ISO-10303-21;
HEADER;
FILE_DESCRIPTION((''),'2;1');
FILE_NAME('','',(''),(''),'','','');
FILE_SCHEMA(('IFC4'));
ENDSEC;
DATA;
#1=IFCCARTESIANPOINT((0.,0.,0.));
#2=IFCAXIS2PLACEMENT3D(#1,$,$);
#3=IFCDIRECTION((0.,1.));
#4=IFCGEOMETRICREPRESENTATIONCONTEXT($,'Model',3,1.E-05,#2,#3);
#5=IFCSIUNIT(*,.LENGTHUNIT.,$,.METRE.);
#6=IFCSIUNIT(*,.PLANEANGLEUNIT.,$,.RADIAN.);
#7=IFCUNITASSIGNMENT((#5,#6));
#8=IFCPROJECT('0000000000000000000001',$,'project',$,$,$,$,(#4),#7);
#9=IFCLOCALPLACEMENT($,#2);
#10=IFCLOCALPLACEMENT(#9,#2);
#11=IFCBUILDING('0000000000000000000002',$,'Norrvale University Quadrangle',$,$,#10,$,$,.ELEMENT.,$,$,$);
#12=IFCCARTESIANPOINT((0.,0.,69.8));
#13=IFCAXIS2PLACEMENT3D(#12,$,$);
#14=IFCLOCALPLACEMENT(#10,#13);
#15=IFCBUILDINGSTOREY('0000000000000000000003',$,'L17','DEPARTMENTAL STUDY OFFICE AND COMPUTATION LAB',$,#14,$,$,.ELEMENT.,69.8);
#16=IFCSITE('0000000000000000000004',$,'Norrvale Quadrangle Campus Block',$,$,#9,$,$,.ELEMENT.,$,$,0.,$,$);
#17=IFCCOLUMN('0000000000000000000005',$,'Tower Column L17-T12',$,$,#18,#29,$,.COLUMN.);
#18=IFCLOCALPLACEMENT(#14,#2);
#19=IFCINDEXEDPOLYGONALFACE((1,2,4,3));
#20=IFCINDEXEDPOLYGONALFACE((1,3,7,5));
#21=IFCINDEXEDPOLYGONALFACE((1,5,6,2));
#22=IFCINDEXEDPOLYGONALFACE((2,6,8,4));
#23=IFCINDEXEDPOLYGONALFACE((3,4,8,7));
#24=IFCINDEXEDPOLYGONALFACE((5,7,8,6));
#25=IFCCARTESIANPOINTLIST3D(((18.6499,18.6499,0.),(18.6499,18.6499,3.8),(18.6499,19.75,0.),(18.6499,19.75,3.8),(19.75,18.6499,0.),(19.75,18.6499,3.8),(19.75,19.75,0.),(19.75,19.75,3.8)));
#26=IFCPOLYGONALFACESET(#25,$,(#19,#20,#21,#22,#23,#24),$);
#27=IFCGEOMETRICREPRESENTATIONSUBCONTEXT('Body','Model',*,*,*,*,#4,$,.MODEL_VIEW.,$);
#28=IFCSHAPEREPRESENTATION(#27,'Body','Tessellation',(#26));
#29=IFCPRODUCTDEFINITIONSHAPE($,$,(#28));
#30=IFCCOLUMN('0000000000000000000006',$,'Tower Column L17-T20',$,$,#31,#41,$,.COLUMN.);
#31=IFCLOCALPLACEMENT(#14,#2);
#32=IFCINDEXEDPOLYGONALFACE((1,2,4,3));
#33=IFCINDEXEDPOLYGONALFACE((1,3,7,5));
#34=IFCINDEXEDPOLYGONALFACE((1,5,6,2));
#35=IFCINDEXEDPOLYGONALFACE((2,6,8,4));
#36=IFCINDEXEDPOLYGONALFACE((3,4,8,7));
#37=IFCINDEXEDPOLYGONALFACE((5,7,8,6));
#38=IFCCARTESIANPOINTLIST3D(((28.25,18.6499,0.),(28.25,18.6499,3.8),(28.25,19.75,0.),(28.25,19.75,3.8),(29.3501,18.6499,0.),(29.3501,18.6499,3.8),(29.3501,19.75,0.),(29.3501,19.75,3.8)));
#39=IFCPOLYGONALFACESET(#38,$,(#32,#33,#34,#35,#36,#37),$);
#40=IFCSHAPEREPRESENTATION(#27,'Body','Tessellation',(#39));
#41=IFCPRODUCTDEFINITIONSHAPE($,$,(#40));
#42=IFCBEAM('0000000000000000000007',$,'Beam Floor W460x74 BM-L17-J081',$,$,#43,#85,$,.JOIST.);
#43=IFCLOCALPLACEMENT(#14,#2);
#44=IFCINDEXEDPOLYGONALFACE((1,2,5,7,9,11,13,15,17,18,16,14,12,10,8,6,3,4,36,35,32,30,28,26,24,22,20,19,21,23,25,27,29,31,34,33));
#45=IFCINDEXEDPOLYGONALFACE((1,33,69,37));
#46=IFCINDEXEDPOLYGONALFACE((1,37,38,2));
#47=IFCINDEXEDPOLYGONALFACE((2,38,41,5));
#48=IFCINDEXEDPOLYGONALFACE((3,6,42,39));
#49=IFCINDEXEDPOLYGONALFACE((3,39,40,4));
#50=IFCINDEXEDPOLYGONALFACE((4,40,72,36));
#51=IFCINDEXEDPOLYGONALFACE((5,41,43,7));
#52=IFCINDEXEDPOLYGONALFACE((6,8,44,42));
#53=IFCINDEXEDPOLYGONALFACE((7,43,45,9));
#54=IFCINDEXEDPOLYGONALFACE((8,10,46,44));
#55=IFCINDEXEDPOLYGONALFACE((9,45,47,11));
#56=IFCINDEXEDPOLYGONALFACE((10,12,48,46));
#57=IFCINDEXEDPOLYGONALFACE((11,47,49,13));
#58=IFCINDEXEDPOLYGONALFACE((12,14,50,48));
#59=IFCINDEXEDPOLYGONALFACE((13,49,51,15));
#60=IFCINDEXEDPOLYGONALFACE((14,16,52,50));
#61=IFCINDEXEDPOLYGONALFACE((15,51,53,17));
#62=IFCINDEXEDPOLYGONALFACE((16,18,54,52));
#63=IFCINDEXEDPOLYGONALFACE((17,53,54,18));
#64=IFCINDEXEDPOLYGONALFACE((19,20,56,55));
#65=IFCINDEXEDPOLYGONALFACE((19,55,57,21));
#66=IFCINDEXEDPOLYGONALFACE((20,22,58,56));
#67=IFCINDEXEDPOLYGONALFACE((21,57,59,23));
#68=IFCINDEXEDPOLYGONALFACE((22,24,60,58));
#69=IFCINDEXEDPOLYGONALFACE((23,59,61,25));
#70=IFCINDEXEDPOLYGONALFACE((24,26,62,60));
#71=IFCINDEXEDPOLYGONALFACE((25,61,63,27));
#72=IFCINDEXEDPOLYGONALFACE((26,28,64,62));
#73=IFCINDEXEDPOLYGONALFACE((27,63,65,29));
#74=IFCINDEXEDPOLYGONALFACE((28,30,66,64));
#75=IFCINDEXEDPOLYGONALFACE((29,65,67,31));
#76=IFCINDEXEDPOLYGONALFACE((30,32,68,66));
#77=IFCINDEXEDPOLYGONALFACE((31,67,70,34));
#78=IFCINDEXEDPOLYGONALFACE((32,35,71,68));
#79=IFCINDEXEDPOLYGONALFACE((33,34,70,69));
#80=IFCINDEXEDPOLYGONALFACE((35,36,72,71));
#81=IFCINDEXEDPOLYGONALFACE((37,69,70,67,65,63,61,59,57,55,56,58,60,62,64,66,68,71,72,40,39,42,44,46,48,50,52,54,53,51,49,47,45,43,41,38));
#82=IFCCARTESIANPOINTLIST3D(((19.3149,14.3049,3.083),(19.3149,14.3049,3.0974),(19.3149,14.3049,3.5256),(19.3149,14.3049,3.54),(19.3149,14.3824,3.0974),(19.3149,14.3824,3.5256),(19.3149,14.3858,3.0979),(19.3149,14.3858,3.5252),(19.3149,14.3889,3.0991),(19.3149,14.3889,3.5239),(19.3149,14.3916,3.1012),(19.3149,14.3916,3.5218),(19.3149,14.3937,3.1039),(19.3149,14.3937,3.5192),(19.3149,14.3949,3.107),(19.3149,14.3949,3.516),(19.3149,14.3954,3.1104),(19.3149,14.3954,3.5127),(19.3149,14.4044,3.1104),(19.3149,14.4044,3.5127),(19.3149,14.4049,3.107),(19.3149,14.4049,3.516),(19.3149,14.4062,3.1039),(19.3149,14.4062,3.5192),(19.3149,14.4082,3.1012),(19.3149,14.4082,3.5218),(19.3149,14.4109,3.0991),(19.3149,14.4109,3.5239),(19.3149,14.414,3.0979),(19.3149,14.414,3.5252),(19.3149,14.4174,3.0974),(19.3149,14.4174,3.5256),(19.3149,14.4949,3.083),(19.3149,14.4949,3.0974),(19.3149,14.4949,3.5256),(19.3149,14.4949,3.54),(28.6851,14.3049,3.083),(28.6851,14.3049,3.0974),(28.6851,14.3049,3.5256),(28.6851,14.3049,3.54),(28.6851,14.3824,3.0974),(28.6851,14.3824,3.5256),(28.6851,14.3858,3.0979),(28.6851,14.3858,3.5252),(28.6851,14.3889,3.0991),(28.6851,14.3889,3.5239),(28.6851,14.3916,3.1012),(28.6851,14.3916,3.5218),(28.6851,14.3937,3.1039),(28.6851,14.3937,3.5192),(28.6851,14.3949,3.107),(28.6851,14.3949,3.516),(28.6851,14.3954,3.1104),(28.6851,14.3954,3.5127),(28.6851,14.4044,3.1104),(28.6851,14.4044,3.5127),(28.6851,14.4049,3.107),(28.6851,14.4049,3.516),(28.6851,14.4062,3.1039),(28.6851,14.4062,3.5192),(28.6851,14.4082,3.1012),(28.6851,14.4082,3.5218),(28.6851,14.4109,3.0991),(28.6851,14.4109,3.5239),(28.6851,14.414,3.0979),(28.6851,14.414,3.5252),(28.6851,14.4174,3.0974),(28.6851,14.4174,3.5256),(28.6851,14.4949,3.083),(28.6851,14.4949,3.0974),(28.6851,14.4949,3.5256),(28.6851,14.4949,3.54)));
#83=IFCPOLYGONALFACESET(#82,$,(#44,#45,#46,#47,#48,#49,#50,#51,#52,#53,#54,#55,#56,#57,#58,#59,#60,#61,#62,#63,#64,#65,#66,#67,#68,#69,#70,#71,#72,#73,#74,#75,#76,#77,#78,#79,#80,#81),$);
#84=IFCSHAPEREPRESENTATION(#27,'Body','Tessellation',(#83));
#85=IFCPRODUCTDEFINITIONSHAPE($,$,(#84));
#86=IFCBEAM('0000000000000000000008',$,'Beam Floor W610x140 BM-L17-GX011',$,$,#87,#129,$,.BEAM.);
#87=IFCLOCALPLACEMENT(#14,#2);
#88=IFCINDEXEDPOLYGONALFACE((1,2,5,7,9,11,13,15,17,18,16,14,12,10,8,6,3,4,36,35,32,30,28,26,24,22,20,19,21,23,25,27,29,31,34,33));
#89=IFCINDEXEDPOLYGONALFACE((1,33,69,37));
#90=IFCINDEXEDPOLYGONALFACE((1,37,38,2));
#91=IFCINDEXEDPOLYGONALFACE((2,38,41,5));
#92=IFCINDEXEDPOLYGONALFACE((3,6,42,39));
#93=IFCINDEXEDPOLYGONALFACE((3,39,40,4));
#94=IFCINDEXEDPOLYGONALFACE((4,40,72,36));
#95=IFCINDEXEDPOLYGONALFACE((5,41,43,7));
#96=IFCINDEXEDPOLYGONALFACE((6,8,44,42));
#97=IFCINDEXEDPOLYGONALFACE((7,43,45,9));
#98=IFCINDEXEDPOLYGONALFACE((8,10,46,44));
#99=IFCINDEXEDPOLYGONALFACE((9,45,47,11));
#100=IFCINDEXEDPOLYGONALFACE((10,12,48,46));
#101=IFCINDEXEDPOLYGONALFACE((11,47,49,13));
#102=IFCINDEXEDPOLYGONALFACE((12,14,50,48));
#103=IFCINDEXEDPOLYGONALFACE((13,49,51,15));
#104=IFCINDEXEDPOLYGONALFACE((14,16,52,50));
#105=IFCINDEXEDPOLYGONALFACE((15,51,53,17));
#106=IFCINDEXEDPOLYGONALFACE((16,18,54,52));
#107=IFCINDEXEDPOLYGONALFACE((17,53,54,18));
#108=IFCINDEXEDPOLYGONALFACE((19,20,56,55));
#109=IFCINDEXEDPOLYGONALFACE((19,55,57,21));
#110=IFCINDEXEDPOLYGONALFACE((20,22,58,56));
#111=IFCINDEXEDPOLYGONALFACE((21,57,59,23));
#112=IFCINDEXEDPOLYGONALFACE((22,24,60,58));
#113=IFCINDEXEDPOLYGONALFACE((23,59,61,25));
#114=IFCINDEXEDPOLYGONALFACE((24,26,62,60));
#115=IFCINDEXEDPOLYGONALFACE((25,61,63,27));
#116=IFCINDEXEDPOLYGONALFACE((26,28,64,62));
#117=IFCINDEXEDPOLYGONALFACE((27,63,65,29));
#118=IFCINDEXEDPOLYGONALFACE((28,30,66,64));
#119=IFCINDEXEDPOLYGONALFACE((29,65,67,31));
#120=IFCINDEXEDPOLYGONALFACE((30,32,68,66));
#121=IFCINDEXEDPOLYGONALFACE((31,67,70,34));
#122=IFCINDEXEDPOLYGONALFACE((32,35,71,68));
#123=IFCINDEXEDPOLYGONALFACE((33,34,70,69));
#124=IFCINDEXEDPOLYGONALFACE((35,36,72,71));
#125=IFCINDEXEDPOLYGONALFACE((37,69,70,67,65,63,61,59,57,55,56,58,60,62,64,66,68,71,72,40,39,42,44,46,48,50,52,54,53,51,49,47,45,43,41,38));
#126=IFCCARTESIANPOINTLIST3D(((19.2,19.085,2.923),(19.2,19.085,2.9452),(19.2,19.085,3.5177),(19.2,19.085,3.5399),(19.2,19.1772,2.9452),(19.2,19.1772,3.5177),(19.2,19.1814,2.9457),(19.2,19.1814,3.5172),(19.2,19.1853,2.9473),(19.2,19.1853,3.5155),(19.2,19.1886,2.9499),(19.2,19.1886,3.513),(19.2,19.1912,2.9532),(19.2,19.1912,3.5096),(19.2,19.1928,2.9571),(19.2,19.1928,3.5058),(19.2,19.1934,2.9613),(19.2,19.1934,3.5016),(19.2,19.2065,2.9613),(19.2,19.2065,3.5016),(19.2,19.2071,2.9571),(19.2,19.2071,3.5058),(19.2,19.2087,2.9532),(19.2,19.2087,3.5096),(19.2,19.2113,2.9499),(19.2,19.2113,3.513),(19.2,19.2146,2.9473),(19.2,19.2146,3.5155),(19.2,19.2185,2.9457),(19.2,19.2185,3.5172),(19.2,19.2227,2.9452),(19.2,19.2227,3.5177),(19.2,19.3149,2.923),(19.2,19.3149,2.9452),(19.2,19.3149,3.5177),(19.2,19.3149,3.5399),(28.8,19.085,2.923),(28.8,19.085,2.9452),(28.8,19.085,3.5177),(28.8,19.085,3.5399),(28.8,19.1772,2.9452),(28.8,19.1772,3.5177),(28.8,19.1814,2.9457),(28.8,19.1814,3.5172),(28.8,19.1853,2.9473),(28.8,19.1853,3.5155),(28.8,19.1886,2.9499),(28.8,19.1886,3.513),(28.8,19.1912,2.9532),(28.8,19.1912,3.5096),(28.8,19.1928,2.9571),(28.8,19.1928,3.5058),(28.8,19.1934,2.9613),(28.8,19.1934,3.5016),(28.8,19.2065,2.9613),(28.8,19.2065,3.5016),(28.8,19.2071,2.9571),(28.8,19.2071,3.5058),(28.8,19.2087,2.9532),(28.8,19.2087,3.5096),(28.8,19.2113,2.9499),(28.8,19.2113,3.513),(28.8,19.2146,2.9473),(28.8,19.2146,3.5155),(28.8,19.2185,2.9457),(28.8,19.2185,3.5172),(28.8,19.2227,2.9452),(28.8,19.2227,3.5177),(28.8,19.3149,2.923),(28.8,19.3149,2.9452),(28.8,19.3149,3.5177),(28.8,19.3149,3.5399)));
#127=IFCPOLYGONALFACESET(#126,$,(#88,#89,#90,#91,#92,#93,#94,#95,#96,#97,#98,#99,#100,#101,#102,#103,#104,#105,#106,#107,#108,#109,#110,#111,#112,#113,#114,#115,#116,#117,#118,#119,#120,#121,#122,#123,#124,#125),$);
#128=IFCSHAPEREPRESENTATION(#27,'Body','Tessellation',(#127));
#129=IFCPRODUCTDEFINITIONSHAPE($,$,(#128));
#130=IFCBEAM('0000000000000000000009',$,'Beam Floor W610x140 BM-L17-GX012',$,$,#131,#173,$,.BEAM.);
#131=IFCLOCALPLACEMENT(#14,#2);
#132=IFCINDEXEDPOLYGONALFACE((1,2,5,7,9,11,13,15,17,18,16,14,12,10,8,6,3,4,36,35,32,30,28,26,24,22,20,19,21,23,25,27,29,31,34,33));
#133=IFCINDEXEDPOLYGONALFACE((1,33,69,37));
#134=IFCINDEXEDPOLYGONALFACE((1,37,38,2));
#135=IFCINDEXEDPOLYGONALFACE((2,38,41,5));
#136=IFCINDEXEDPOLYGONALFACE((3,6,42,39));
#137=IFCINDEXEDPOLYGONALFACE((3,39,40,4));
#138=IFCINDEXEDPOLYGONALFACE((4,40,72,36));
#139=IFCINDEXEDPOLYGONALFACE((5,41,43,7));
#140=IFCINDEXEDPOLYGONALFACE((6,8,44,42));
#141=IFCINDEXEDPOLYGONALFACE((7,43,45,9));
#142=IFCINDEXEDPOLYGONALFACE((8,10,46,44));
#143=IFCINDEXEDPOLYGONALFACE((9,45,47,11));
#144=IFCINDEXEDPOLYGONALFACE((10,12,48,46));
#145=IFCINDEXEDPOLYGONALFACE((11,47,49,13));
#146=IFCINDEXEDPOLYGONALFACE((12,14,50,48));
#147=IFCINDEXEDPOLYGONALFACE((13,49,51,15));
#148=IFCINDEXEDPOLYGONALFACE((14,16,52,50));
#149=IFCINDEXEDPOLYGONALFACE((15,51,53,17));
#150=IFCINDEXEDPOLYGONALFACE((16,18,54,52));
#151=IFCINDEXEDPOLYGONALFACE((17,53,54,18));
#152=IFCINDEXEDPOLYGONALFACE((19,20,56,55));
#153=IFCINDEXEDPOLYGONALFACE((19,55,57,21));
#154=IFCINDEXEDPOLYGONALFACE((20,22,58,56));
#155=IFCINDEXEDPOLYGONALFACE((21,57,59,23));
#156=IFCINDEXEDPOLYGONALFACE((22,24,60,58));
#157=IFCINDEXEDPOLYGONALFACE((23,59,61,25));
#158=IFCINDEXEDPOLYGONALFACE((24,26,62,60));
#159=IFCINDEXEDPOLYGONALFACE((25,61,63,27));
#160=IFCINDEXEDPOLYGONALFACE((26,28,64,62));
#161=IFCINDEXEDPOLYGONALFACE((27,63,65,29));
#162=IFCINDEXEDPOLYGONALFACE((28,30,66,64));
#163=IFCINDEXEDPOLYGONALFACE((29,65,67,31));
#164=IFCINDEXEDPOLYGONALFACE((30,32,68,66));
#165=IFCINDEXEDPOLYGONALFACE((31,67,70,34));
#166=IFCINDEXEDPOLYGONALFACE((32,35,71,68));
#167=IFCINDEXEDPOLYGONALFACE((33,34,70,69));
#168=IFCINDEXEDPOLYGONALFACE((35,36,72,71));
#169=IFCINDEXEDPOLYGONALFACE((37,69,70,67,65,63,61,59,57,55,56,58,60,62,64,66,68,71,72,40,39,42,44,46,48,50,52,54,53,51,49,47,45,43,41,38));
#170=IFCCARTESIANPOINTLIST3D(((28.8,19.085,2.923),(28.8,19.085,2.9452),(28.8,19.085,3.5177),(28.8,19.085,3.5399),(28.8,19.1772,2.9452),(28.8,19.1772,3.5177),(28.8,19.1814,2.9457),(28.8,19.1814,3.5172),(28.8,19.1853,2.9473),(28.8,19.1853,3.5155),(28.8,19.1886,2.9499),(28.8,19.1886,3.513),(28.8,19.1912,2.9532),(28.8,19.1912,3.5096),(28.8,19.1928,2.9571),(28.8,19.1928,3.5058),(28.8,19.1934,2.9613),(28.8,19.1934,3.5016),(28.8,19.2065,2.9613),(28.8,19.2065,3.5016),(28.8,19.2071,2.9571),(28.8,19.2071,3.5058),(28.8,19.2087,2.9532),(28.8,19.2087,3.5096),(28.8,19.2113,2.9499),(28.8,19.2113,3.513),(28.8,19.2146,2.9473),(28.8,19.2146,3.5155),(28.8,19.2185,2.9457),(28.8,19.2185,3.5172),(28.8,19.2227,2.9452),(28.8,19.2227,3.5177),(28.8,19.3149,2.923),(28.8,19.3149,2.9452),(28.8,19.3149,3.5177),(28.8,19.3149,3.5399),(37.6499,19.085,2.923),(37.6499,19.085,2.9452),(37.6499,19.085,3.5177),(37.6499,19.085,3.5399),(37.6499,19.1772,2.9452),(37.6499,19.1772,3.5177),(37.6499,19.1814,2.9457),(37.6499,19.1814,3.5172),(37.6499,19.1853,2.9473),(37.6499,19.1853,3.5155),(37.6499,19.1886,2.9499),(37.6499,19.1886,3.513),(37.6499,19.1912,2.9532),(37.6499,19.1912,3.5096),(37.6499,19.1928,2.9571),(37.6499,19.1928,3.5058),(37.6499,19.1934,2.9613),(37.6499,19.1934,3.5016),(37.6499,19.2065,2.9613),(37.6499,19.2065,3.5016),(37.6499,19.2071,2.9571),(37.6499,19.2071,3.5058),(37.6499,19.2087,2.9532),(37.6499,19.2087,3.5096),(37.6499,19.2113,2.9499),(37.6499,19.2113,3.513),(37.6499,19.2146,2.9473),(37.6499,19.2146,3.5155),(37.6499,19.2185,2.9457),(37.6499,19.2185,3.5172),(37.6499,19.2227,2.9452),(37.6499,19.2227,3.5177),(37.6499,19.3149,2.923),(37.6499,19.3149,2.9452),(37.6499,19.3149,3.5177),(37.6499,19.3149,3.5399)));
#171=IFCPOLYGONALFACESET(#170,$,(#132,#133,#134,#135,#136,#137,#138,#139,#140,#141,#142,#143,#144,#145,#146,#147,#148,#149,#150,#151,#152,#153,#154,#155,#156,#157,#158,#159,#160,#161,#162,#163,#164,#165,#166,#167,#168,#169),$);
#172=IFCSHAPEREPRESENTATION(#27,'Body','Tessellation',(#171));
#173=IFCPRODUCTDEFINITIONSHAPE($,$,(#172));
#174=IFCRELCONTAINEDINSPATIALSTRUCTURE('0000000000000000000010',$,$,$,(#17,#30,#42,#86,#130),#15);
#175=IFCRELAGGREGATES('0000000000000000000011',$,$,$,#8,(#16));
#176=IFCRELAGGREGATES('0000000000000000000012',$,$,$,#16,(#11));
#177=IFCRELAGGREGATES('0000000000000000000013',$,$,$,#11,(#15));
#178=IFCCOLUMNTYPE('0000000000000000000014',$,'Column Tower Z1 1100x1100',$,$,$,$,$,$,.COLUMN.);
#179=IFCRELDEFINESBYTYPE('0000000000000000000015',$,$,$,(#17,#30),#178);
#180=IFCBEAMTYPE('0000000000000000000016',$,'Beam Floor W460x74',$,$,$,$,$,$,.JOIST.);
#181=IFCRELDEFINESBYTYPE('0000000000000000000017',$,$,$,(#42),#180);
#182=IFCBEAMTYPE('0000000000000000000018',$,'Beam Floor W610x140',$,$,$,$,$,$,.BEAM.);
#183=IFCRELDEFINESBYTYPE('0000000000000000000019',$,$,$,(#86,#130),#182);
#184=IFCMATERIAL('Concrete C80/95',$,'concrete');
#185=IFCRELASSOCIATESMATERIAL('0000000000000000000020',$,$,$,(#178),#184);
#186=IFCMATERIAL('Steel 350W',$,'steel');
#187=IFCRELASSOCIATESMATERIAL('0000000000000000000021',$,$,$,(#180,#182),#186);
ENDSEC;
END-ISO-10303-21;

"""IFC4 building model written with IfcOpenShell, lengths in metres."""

from ifc_helpers import new_model, si_unit, direction, frame, origin, origin_2d, place, context, subcontext, project, spatial, rectangle, i_section, extrude, material, material_profile, profile_set, type_object, element, save


model = new_model("IFC4")

# Units and contexts
model_context = context("Model", 3, precision=1e-05, world=origin(), true_north=direction((0.0, 1.0)))
body_context = subcontext(model_context, "Body", "Model", "MODEL_VIEW")
ifc_project = project(units=[si_unit("LENGTHUNIT", "METRE"), si_unit("PLANEANGLEUNIT", "RADIAN")], contexts=[model_context])

# Site, building, storey
site_placement = place(None, origin())
site = spatial("IfcSite", under=ifc_project, at=site_placement, Name="Norrvale Quadrangle Campus Block", CompositionType="ELEMENT", RefElevation=0.0)
building_placement = place(site_placement, origin())
building = spatial("IfcBuilding", under=site, at=building_placement, Name="Norrvale University Quadrangle", CompositionType="ELEMENT")
storey_placement = place(building_placement, frame((0.0, 0.0, 69.8)))
storey = spatial("IfcBuildingStorey", under=building, at=storey_placement, Name="L17", Description="DEPARTMENTAL STUDY OFFICE AND COMPUTATION LAB", CompositionType="ELEMENT", Elevation=69.8)

# Columns
ifc_material_1 = material(Name="Concrete C80/95", Category="concrete")
ifc_material_profile_1 = material_profile(ifc_material_1, rectangle(XDim=1.1001, YDim=1.1001, at=origin_2d()), Name="Concrete C80/95")
ifc_profile_set_1 = profile_set([ifc_material_profile_1], Name="Concrete C80/95")
column_type = type_object("IfcColumnType", Name="Column Tower Z1 1100x1100", PredefinedType="COLUMN", material=ifc_profile_set_1)
for number, where, z_axis, x_axis, name in (
    (1, (19.2, 19.2, 0.0), (0.0, 0.0, 1.0), (1.0, 0.0, 0.0), "Tower Column L17-T12"),
    (2, (28.8, 19.2, 0.0), (0.0, 0.0, 1.0), (1.0, 0.0, 0.0), "Tower Column L17-T20"),
):
    element("IfcColumn", number, at=place(storey_placement, frame(where, z_axis=z_axis, x_axis=x_axis)), inside=storey, type_object=column_type, Name=name, PredefinedType="COLUMN", context=body_context, shape_type="SweptSolid", body=[
        extrude(rectangle(XDim=1.1001, YDim=1.1001, at=origin_2d()), origin(), (0.0, 0.0, 1.0), 3.8),
    ])

# Beams
ifc_material_2 = material(Name="Steel 350W", Category="steel")
ifc_material_profile_2 = material_profile(ifc_material_2, i_section(OverallWidth=0.1899, OverallDepth=0.457, WebThickness=0.009, FlangeThickness=0.0144, FilletRadius=0.0129, at=origin_2d()), Name="Steel 350W")
ifc_profile_set_2 = profile_set([ifc_material_profile_2], Name="Steel 350W")
beam_type_1 = type_object("IfcBeamType", Name="Beam Floor W460x74", PredefinedType="JOIST", material=ifc_profile_set_2)
beam_1_placement = place(storey_placement, frame((19.3149, 14.3999, 3.3115), z_axis=(1.0, 0.0, 0.0), x_axis=(0.0, 1.0, 0.0)))
element("IfcBeam", 3, at=beam_1_placement, inside=storey, type_object=beam_type_1, Name="Beam Floor W460x74 BM-L17-J081", PredefinedType="JOIST", context=body_context, shape_type="SweptSolid", body=[
    extrude(i_section(OverallWidth=0.1899, OverallDepth=0.457, WebThickness=0.009, FlangeThickness=0.0144, FilletRadius=0.0129, at=origin_2d()), origin(), (0.0, 0.0, 1.0), 9.3701),
])
ifc_material_profile_3 = material_profile(ifc_material_2, i_section(OverallWidth=0.23, OverallDepth=0.6169, WebThickness=0.0132, FlangeThickness=0.0222, FilletRadius=0.0161, at=origin_2d()), Name="Steel 350W")
ifc_profile_set_3 = profile_set([ifc_material_profile_3], Name="Steel 350W")
beam_type_2 = type_object("IfcBeamType", Name="Beam Floor W610x140", PredefinedType="BEAM", material=ifc_profile_set_3)
beam_2_placement = place(storey_placement, frame((19.2, 19.2, 3.2314), z_axis=(1.0, 0.0, 0.0), x_axis=(0.0, 1.0, 0.0)))
element("IfcBeam", 4, at=beam_2_placement, inside=storey, type_object=beam_type_2, Name="Beam Floor W610x140 BM-L17-GX011", PredefinedType="BEAM", context=body_context, shape_type="SweptSolid", body=[
    extrude(i_section(OverallWidth=0.23, OverallDepth=0.6169, WebThickness=0.0132, FlangeThickness=0.0222, FilletRadius=0.0161, at=origin_2d()), origin(), (0.0, 0.0, 1.0), 9.6001),
])
beam_3_placement = place(storey_placement, frame((28.8, 19.2, 3.2314), z_axis=(1.0, 0.0, 0.0), x_axis=(0.0, 1.0, 0.0)))
element("IfcBeam", 5, at=beam_3_placement, inside=storey, type_object=beam_type_2, Name="Beam Floor W610x140 BM-L17-GX012", PredefinedType="BEAM", context=body_context, shape_type="SweptSolid", body=[
    extrude(i_section(OverallWidth=0.23, OverallDepth=0.6169, WebThickness=0.0132, FlangeThickness=0.0222, FilletRadius=0.0161, at=origin_2d()), origin(), (0.0, 0.0, 1.0), 8.8499),
])

save(model, "model.ifc")
